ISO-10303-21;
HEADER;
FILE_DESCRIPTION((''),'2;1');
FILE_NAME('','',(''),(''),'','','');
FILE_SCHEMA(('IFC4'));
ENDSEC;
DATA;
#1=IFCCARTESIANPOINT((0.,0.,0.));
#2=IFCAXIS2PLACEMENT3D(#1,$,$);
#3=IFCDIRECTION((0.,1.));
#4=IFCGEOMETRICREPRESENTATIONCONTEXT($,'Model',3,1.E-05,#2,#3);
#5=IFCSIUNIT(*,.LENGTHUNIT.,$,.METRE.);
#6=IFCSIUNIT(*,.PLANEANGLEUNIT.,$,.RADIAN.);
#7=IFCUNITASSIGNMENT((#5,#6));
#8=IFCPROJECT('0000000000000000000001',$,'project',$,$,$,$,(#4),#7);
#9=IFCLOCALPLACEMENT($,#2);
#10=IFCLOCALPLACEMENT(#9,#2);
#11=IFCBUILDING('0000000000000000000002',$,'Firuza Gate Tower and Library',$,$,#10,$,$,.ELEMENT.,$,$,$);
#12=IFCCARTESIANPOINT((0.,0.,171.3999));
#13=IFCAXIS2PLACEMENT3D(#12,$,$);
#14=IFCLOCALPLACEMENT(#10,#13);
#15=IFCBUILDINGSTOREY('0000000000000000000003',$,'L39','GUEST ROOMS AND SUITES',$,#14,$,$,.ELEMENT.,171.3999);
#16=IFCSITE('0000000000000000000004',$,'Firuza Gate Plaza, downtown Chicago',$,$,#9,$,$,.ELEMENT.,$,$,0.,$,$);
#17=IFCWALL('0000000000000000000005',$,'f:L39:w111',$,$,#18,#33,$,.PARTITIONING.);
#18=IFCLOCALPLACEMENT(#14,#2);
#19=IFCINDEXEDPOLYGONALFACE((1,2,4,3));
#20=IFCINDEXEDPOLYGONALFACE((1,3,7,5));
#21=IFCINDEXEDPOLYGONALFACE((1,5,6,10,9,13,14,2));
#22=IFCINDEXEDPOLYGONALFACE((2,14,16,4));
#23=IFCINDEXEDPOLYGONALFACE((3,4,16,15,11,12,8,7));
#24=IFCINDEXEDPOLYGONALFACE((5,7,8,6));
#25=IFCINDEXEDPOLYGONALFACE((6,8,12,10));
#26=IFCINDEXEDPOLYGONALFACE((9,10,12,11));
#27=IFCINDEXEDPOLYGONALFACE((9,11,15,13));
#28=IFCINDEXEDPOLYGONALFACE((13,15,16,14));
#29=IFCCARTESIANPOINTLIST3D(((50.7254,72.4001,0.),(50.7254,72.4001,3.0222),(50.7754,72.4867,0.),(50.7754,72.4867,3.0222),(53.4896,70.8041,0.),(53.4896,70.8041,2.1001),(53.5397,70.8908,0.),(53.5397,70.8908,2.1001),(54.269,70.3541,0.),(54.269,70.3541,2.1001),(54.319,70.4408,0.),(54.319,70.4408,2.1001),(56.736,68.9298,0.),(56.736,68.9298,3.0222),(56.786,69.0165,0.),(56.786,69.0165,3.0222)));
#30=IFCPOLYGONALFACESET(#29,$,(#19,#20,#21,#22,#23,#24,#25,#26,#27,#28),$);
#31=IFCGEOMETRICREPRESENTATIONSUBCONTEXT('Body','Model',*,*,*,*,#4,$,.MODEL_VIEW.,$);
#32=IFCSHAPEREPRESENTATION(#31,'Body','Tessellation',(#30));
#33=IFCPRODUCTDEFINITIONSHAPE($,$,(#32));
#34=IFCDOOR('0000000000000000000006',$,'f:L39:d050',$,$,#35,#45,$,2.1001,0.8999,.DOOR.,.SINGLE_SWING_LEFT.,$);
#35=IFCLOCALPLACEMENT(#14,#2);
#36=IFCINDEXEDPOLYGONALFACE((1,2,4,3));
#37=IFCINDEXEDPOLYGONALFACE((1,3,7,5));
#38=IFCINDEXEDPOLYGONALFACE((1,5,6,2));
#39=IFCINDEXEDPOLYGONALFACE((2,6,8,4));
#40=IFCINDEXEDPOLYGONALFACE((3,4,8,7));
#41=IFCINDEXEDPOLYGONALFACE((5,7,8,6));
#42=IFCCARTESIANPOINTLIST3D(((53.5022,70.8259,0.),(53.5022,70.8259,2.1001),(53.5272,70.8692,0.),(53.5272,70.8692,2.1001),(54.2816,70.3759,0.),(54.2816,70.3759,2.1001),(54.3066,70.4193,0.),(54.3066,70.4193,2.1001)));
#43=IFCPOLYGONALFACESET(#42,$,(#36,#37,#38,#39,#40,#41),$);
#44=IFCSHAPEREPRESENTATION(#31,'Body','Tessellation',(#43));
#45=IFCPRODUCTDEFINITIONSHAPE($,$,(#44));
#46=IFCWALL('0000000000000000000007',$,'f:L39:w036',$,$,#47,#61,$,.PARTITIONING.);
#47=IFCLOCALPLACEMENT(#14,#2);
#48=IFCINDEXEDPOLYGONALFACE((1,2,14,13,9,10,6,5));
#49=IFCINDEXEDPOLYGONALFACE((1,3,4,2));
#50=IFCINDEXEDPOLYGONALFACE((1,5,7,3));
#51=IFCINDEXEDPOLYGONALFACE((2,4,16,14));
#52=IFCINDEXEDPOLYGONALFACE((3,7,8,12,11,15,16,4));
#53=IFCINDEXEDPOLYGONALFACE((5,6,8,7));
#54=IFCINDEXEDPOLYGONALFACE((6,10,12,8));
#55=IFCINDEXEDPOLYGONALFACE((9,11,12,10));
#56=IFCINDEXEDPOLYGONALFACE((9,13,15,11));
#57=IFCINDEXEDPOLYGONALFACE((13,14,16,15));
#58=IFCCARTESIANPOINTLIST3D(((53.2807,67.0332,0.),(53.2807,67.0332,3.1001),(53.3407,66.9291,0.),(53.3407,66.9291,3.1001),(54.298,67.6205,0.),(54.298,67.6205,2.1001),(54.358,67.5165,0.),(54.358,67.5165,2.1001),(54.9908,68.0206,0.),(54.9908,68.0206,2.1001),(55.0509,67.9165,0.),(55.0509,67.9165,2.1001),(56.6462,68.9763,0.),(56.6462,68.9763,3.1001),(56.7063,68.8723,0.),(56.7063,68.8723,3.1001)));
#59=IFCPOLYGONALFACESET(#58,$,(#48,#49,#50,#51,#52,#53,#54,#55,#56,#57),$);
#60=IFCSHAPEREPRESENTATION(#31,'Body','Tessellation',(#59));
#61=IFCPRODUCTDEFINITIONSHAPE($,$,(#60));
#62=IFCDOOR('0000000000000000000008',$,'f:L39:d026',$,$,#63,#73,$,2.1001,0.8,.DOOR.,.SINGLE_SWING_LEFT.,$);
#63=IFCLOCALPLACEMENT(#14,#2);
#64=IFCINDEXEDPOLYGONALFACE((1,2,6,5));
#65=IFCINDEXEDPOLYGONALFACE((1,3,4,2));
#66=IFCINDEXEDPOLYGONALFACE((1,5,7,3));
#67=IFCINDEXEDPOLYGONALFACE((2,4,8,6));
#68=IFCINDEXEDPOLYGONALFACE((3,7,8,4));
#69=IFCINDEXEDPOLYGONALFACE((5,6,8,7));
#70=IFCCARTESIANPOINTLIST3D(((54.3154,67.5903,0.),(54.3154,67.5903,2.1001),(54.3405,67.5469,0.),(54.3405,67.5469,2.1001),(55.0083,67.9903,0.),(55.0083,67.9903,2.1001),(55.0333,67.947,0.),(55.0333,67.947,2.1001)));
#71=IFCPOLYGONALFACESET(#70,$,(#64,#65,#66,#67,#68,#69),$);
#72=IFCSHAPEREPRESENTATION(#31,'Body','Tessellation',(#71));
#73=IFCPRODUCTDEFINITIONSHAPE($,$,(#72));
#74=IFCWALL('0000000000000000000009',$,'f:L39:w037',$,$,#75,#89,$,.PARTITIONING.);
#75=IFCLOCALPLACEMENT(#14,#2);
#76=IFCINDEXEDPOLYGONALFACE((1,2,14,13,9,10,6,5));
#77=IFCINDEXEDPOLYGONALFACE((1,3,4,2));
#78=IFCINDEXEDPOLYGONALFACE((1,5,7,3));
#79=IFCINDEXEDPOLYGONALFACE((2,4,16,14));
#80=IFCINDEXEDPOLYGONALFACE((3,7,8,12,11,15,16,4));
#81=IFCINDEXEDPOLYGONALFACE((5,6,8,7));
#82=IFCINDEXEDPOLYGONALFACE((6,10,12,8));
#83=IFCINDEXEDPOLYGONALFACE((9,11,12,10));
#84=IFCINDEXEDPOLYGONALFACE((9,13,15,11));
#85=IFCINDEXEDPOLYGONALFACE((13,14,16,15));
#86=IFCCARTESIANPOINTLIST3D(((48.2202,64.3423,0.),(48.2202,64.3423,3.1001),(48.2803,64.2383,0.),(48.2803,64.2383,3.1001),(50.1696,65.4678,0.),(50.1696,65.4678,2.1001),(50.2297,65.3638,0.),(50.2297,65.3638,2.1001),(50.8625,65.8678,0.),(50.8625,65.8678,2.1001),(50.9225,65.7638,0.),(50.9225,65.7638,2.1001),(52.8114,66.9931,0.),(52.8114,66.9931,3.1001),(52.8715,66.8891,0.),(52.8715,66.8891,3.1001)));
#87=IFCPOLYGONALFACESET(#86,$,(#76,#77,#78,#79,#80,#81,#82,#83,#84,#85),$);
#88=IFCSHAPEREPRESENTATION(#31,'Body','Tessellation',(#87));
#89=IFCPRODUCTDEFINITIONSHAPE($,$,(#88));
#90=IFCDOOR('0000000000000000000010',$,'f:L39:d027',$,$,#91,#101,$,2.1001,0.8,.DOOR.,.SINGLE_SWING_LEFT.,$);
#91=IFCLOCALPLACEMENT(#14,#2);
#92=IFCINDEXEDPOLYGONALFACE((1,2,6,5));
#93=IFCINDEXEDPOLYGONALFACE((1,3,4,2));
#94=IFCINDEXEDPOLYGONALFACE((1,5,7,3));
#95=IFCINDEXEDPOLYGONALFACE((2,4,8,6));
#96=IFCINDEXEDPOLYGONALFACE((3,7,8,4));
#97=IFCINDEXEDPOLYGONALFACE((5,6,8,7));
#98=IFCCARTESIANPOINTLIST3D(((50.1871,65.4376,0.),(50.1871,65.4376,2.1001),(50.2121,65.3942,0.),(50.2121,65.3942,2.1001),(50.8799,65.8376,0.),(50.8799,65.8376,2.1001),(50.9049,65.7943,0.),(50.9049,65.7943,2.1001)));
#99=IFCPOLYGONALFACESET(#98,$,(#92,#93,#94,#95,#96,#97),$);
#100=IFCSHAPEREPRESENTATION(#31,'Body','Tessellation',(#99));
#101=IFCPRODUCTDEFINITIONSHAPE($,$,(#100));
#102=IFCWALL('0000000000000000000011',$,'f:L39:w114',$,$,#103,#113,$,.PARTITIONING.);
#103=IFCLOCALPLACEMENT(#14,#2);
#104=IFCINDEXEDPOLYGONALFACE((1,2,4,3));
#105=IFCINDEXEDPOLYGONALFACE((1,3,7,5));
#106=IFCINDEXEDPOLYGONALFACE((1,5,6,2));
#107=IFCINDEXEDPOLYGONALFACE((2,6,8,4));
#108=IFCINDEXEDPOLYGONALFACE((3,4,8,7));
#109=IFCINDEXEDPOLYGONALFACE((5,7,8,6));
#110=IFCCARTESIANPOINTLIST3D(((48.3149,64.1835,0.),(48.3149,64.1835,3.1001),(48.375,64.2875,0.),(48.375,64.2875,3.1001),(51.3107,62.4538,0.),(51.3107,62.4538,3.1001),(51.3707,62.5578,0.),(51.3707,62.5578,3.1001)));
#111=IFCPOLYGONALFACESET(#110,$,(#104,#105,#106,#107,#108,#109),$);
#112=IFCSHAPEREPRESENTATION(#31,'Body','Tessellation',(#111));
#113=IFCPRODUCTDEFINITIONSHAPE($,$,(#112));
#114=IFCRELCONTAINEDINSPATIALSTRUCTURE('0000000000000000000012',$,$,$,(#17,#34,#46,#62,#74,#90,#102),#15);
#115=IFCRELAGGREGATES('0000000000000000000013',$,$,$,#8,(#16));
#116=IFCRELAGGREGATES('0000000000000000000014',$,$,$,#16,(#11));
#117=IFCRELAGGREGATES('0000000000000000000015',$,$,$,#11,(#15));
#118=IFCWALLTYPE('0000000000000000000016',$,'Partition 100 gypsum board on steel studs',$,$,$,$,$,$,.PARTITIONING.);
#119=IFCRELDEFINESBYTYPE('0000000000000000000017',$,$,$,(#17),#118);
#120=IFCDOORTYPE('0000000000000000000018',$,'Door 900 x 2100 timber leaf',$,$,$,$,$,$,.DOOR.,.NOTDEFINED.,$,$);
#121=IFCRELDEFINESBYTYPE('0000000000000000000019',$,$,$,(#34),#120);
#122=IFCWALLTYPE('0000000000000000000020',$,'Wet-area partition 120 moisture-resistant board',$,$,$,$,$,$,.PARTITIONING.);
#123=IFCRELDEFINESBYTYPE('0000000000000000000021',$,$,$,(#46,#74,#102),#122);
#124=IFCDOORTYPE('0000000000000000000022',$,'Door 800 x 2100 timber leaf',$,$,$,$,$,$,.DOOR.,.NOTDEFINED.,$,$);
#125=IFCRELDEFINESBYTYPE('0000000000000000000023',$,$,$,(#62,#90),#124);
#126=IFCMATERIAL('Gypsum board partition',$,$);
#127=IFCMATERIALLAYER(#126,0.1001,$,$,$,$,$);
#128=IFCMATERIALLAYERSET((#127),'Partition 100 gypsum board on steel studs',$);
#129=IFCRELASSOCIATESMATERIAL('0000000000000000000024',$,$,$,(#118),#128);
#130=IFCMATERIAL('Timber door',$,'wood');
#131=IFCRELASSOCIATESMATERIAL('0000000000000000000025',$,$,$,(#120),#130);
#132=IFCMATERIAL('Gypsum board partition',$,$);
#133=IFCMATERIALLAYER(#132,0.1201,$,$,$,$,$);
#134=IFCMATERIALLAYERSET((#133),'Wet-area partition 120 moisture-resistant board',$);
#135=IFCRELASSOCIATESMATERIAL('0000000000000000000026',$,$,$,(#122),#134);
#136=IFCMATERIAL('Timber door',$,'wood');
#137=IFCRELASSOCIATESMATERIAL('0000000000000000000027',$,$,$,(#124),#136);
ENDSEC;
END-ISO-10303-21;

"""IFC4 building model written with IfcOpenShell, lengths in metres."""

from ifc_helpers import new_model, si_unit, direction, frame, frame_2d, origin, place, context, subcontext, project, spatial, rectangle, extrude, material, layer, layer_set, type_object, element, fill, save


model = new_model("IFC4")

# Units and contexts
model_context = context("Model", 3, precision=1e-05, world=origin(), true_north=direction((0.0, 1.0)))
body_context = subcontext(model_context, "Body", "Model", "MODEL_VIEW")
ifc_project = project(units=[si_unit("LENGTHUNIT", "METRE"), si_unit("PLANEANGLEUNIT", "RADIAN")], contexts=[model_context])

# Site, building, storey
site_placement = place(None, origin())
site = spatial("IfcSite", under=ifc_project, at=site_placement, Name="Firuza Gate Plaza, downtown Chicago", CompositionType="ELEMENT", RefElevation=0.0)
building_placement = place(site_placement, origin())
building = spatial("IfcBuilding", under=site, at=building_placement, Name="Firuza Gate Tower and Library", CompositionType="ELEMENT")
storey_placement = place(building_placement, frame((0.0, 0.0, 171.3999)))
storey = spatial("IfcBuildingStorey", under=building, at=storey_placement, Name="L39", Description="GUEST ROOMS AND SUITES", CompositionType="ELEMENT", Elevation=171.3999)

# Walls, openings, doors
ifc_material_1 = material(Name="Gypsum board partition")
ifc_layer_1 = layer(ifc_material_1, 0.1001)
ifc_layer_set_1 = layer_set([ifc_layer_1], Name="Partition 100 gypsum board on steel studs")
wall_type_1 = type_object("IfcWallType", Name="Partition 100 gypsum board on steel studs", PredefinedType="PARTITIONING", material=ifc_layer_set_1)
wall_1_placement = place(storey_placement, frame((56.761, 68.9731, 0.0), z_axis=(0.0, 0.0, 1.0), x_axis=(-0.866022, 0.500006, 0.0)))
wall_1 = element("IfcWall", 1, at=wall_1_placement, inside=storey, type_object=wall_type_1, Name="f:L39:w111", PredefinedType="PARTITIONING", context=body_context, shape_type="SweptSolid", body=[
    extrude(rectangle(XDim=6.9404, YDim=0.1001, at=frame_2d((3.4702, 0.0))), origin(), (0.0, 0.0, 1.0), 3.0222),
])
opening_1_placement = place(wall_1_placement, frame((2.8486, 0.0, 0.0)))
opening_1 = element("IfcOpeningElement", 2, at=opening_1_placement, cuts=wall_1, PredefinedType="OPENING", context=body_context, shape_type="SweptSolid", body=[
    extrude(rectangle(XDim=0.8999, YDim=2.1001, at=frame_2d((0.45, 1.05))), frame((0.0, 0.0601, 0.0), z_axis=(0.0, -1.0, 0.0), x_axis=(1.0, 0.0, 0.0)), (0.0, 0.0, 1.0), 0.1201),
])
ifc_material_2 = material(Name="Timber door", Category="wood")
door_type_1 = type_object("IfcDoorType", Name="Door 900 x 2100 timber leaf", OperationType="NOTDEFINED", PredefinedType="DOOR", material=ifc_material_2)
door_1_placement = place(opening_1_placement, origin())
door_1 = element("IfcDoor", 3, at=door_1_placement, inside=storey, type_object=door_type_1, Name="f:L39:d050", OperationType="SINGLE_SWING_LEFT", OverallHeight=2.1001, OverallWidth=0.8999, PredefinedType="DOOR", context=body_context, shape_type="SweptSolid", body=[
    extrude(rectangle(XDim=0.8999, YDim=2.1001, at=frame_2d((0.45, 1.05))), frame((0.0, 0.0249, 0.0), z_axis=(0.0, -1.0, 0.0), x_axis=(1.0, 0.0, 0.0)), (0.0, 0.0, 1.0), 0.05),
])
fill(opening_1, door_1)
ifc_material_3 = material(Name="Gypsum board partition")
ifc_layer_2 = layer(ifc_material_3, 0.1201)
ifc_layer_set_2 = layer_set([ifc_layer_2], Name="Wet-area partition 120 moisture-resistant board")
wall_type_2 = type_object("IfcWallType", Name="Wet-area partition 120 moisture-resistant board", PredefinedType="PARTITIONING", material=ifc_layer_set_2)
wall_2_placement = place(storey_placement, frame((56.6763, 68.9243, 0.0), z_axis=(0.0, 0.0, 1.0), x_axis=(-0.866019, -0.500011, 0.0)))
wall_2 = element("IfcWall", 4, at=wall_2_placement, inside=storey, type_object=wall_type_2, Name="f:L39:w036", PredefinedType="PARTITIONING", context=body_context, shape_type="SweptSolid", body=[
    extrude(rectangle(XDim=3.8862, YDim=0.1201, at=frame_2d((1.9431, 0.0))), origin(), (0.0, 0.0, 1.0), 3.1001),
])
opening_2_placement = place(wall_2_placement, frame((1.9116, 0.0, 0.0)))
opening_2 = element("IfcOpeningElement", 5, at=opening_2_placement, cuts=wall_2, PredefinedType="OPENING", context=body_context, shape_type="SweptSolid", body=[
    extrude(rectangle(XDim=0.8, YDim=2.1001, at=frame_2d((0.3999, 1.05))), frame((0.0, 0.0701, 0.0), z_axis=(0.0, -1.0, 0.0), x_axis=(1.0, 0.0, 0.0)), (0.0, 0.0, 1.0), 0.1401),
])
ifc_material_4 = material(Name="Timber door", Category="wood")
door_type_2 = type_object("IfcDoorType", Name="Door 800 x 2100 timber leaf", OperationType="NOTDEFINED", PredefinedType="DOOR", material=ifc_material_4)
door_2_placement = place(opening_2_placement, origin())
door_2 = element("IfcDoor", 6, at=door_2_placement, inside=storey, type_object=door_type_2, Name="f:L39:d026", OperationType="SINGLE_SWING_LEFT", OverallHeight=2.1001, OverallWidth=0.8, PredefinedType="DOOR", context=body_context, shape_type="SweptSolid", body=[
    extrude(rectangle(XDim=0.8, YDim=2.1001, at=frame_2d((0.3999, 1.05))), frame((0.0, 0.0249, 0.0), z_axis=(0.0, -1.0, 0.0), x_axis=(1.0, 0.0, 0.0)), (0.0, 0.0, 1.0), 0.05),
])
fill(opening_2, door_2)
wall_3_placement = place(storey_placement, frame((52.8416, 66.9412, 0.0), z_axis=(0.0, 0.0, 1.0), x_axis=(-0.866018, -0.500012, 0.0)))
wall_3 = element("IfcWall", 7, at=wall_3_placement, inside=storey, type_object=wall_type_2, Name="f:L39:w037", PredefinedType="PARTITIONING", context=body_context, shape_type="SweptSolid", body=[
    extrude(rectangle(XDim=5.3015, YDim=0.1201, at=frame_2d((2.6509, 0.0))), origin(), (0.0, 0.0, 1.0), 3.1001),
])
opening_3_placement = place(wall_3_placement, frame((2.2507, 0.0, 0.0)))
opening_3 = element("IfcOpeningElement", 8, at=opening_3_placement, cuts=wall_3, PredefinedType="OPENING", context=body_context, shape_type="SweptSolid", body=[
    extrude(rectangle(XDim=0.8, YDim=2.1001, at=frame_2d((0.3999, 1.05))), frame((0.0, 0.0701, 0.0), z_axis=(0.0, -1.0, 0.0), x_axis=(1.0, 0.0, 0.0)), (0.0, 0.0, 1.0), 0.1401),
])
door_3_placement = place(opening_3_placement, origin())
door_3 = element("IfcDoor", 9, at=door_3_placement, inside=storey, type_object=door_type_2, Name="f:L39:d027", OperationType="SINGLE_SWING_LEFT", OverallHeight=2.1001, OverallWidth=0.8, PredefinedType="DOOR", context=body_context, shape_type="SweptSolid", body=[
    extrude(rectangle(XDim=0.8, YDim=2.1001, at=frame_2d((0.3999, 1.05))), frame((0.0, 0.0249, 0.0), z_axis=(0.0, -1.0, 0.0), x_axis=(1.0, 0.0, 0.0)), (0.0, 0.0, 1.0), 0.05),
])
fill(opening_3, door_3)

# Wall
wall_4_placement = place(storey_placement, frame((51.3406, 62.5059, 0.0), z_axis=(0.0, 0.0, 1.0), x_axis=(-0.866015, 0.500018, 0.0)))
element("IfcWall", 10, at=wall_4_placement, inside=storey, type_object=wall_type_2, Name="f:L39:w114", PredefinedType="PARTITIONING", context=body_context, shape_type="SweptSolid", body=[
    extrude(rectangle(XDim=3.4592, YDim=0.1201, at=frame_2d((1.7295, 0.0))), origin(), (0.0, 0.0, 1.0), 3.1001),
])

save(model, "model.ifc")
